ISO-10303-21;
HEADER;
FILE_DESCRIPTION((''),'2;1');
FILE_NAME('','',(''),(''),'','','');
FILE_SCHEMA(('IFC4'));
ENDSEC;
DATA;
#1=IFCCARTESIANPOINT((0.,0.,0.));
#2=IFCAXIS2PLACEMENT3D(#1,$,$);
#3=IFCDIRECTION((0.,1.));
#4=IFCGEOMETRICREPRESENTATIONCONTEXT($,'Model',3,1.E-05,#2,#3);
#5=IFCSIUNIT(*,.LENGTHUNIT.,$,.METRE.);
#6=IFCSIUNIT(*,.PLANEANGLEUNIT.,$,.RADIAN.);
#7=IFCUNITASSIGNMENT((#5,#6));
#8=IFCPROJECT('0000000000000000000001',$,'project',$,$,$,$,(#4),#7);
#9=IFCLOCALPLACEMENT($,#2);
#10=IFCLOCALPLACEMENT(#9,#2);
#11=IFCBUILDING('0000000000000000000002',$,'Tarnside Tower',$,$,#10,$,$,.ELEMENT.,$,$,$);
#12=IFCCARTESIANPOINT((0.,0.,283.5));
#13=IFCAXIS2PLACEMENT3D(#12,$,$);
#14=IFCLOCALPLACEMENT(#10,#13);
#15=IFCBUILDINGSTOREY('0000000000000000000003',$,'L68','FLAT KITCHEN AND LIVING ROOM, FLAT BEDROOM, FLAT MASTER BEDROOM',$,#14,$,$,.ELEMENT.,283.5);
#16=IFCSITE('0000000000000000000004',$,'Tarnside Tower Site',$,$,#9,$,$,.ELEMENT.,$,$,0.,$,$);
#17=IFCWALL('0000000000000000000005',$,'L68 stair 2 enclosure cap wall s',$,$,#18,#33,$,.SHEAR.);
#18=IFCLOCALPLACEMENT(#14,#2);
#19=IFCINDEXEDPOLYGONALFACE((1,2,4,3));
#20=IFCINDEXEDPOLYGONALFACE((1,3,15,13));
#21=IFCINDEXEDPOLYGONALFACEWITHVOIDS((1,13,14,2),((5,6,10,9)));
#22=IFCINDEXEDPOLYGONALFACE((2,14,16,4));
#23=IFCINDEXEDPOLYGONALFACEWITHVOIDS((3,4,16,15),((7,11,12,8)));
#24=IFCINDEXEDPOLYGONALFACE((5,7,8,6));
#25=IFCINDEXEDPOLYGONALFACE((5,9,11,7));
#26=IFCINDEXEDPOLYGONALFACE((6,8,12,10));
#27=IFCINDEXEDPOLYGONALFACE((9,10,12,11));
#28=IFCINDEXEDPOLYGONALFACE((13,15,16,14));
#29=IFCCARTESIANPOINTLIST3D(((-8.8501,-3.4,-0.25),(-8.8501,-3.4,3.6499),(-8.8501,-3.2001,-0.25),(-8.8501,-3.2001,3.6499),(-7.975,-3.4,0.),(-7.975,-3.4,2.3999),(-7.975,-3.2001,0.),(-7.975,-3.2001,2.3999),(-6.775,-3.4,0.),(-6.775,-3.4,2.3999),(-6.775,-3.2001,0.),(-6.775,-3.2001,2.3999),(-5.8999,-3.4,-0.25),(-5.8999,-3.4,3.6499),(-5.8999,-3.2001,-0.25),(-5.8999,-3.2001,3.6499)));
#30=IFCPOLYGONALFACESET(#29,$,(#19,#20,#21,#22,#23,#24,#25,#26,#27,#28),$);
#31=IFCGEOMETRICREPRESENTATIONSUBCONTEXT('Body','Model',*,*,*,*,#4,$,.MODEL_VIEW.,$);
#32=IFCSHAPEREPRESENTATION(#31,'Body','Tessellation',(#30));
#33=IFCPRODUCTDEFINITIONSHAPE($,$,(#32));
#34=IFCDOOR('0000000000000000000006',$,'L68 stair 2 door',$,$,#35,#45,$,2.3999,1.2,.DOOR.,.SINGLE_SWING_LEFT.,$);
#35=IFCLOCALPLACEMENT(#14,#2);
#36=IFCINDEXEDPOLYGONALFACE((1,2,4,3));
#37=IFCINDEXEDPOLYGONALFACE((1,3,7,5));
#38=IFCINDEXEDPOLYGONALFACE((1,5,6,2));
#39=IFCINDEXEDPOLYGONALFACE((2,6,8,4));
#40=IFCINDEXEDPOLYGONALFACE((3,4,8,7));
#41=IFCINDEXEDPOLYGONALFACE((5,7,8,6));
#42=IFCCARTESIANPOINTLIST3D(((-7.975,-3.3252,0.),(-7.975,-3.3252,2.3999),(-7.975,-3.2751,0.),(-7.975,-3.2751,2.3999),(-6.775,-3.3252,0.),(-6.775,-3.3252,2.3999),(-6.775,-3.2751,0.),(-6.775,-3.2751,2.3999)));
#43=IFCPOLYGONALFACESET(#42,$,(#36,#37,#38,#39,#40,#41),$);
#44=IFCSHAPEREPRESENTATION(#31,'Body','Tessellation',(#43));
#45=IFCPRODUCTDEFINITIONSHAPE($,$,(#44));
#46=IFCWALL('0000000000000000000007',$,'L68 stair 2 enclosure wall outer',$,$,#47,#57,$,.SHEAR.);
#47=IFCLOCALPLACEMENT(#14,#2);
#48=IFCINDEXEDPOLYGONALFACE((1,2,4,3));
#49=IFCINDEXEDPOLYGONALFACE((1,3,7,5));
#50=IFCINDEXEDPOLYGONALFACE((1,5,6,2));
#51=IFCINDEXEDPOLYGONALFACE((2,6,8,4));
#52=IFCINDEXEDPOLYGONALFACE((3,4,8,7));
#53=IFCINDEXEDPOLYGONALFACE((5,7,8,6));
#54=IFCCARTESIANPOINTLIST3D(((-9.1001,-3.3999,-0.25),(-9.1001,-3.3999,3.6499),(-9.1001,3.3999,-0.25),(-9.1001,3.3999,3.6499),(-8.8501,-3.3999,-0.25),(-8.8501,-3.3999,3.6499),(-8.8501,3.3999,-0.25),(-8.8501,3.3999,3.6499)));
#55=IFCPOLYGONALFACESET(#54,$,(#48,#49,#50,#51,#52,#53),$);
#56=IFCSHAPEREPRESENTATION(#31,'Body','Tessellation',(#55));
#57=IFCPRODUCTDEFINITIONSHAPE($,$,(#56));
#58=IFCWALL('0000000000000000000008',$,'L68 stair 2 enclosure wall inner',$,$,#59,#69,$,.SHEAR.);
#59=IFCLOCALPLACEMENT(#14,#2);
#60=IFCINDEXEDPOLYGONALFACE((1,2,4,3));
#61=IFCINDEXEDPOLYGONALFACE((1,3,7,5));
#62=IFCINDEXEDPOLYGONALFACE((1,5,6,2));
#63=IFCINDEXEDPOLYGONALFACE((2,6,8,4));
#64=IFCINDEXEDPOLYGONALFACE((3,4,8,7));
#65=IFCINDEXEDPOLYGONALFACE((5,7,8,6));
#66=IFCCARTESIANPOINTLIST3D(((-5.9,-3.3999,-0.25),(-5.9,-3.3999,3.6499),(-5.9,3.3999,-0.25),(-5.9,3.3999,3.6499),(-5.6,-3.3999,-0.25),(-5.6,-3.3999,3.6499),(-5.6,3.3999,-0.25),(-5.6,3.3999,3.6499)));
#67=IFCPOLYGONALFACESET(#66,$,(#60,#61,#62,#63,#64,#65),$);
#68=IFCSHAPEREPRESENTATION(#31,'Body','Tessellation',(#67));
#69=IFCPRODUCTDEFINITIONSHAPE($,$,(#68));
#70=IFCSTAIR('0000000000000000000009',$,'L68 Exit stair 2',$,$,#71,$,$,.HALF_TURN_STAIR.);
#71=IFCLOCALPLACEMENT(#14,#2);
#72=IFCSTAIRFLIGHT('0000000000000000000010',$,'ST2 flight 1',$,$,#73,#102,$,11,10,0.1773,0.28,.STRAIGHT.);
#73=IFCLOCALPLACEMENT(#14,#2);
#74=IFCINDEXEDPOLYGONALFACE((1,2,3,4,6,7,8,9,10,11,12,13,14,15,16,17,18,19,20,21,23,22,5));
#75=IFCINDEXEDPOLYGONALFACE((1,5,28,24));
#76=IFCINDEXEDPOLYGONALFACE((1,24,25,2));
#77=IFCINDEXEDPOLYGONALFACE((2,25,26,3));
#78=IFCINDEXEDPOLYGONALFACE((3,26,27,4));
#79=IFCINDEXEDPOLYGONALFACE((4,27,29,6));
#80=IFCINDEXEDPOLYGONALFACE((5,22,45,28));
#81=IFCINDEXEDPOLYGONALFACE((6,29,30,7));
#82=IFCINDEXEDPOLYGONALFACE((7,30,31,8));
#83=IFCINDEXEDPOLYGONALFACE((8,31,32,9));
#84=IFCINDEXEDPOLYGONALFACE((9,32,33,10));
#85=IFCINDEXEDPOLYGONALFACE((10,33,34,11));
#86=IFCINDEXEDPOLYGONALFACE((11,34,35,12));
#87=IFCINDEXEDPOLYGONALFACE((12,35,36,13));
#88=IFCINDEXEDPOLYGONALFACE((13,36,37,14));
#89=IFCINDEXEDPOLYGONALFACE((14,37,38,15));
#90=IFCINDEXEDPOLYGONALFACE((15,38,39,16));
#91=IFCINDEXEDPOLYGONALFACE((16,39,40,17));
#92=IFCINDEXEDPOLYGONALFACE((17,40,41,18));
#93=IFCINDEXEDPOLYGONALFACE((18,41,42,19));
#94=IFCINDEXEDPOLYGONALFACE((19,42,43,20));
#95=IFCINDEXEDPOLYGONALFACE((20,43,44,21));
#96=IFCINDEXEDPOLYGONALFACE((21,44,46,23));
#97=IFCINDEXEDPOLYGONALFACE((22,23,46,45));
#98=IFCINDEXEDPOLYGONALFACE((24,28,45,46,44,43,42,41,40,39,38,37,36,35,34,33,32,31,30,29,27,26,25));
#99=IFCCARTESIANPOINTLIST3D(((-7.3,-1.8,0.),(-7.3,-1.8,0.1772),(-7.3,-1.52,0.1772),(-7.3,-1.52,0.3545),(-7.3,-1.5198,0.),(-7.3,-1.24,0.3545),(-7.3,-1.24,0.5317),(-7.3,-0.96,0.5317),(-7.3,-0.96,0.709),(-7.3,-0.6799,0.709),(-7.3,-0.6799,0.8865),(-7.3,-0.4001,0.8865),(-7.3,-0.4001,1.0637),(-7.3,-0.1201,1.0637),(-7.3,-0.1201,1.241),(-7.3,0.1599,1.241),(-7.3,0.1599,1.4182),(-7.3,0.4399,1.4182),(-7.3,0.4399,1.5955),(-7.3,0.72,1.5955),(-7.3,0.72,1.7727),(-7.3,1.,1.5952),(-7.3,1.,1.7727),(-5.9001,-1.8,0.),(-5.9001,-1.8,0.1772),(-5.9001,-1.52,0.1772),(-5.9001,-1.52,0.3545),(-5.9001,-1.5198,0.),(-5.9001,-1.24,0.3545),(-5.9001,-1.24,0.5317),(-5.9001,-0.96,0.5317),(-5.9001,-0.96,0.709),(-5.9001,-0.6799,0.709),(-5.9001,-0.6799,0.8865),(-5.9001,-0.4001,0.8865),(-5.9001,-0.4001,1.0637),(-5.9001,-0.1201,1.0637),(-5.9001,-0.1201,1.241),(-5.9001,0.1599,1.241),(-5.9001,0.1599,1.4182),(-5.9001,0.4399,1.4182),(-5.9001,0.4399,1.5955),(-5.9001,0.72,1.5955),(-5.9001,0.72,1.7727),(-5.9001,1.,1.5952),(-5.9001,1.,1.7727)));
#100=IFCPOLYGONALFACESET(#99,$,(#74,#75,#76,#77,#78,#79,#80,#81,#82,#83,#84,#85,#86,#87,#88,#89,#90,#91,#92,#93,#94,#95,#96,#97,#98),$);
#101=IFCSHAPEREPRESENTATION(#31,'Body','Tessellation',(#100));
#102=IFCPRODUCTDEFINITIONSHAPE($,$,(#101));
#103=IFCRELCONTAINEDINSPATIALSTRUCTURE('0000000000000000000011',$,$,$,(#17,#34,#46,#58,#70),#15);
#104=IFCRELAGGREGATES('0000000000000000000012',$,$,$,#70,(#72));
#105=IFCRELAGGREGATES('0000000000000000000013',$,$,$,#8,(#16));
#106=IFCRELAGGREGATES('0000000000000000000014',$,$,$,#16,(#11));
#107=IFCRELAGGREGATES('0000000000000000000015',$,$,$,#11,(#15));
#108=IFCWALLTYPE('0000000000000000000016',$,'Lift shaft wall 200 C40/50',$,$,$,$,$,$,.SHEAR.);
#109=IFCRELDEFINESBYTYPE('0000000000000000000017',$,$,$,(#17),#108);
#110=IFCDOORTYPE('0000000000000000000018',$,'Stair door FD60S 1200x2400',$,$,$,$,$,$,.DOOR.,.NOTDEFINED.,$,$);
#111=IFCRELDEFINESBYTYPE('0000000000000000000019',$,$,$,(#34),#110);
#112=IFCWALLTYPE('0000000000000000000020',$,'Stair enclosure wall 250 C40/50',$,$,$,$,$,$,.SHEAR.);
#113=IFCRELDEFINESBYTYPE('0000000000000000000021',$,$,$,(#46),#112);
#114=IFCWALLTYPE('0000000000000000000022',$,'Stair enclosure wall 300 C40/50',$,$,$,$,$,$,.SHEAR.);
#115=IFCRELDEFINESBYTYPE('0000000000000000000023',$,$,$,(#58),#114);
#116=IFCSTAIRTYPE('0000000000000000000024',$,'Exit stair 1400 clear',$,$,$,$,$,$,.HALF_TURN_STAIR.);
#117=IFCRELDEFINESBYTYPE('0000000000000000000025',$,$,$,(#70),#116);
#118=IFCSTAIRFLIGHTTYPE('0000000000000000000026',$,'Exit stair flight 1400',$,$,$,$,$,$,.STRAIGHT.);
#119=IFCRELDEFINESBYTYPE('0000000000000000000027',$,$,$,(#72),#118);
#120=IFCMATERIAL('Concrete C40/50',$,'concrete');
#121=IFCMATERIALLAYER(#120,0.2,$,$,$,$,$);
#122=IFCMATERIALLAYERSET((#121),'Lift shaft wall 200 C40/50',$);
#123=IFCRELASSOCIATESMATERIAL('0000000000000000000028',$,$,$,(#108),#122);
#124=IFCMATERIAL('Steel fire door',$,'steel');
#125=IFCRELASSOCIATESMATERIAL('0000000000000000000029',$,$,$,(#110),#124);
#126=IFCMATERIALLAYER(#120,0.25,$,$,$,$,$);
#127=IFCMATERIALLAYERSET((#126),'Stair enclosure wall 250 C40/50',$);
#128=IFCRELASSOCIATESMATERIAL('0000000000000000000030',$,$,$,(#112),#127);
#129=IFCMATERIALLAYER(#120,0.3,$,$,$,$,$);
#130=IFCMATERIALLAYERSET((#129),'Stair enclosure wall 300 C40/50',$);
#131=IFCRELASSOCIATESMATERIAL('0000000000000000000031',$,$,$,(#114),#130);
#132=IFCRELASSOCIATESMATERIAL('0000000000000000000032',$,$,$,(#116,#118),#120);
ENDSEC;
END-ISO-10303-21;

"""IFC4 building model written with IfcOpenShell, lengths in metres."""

from ifc_helpers import new_model, si_unit, direction, frame, frame_2d, origin, place, context, subcontext, project, spatial, polyline, rectangle, outline, extrude, material, layer, layer_set, type_object, element, fill, aggregate, save


model = new_model("IFC4")

# Units and contexts
model_context = context("Model", 3, precision=1e-05, world=origin(), true_north=direction((0.0, 1.0)))
body_context = subcontext(model_context, "Body", "Model", "MODEL_VIEW")
ifc_project = project(units=[si_unit("LENGTHUNIT", "METRE"), si_unit("PLANEANGLEUNIT", "RADIAN")], contexts=[model_context])

# Site, building, storey
site_placement = place(None, origin())
site = spatial("IfcSite", under=ifc_project, at=site_placement, Name="Tarnside Tower Site", CompositionType="ELEMENT", RefElevation=0.0)
building_placement = place(site_placement, origin())
building = spatial("IfcBuilding", under=site, at=building_placement, Name="Tarnside Tower", CompositionType="ELEMENT")
storey_placement = place(building_placement, frame((0.0, 0.0, 283.5)))
storey = spatial("IfcBuildingStorey", under=building, at=storey_placement, Name="L68", Description="FLAT KITCHEN AND LIVING ROOM, FLAT BEDROOM, FLAT MASTER BEDROOM", CompositionType="ELEMENT", Elevation=283.5)

# Shared definitions
ifc_material_1 = material(Name="Concrete C40/50", Category="concrete")
ifc_material_2 = material(Name="Steel fire door", Category="steel")

# Shared definitions
ifc_layer_1 = layer(ifc_material_1, 0.2)
ifc_layer_set_1 = layer_set([ifc_layer_1], Name="Lift shaft wall 200 C40/50")
wall_type_1 = type_object("IfcWallType", Name="Lift shaft wall 200 C40/50", PredefinedType="SHEAR", material=ifc_layer_set_1)

# Wall, opening, door
wall_1_placement = place(storey_placement, frame((-8.8501, -3.3, -0.25), z_axis=(0.0, 0.0, 1.0), x_axis=(1.0, 0.0, 0.0)))
wall_1 = element("IfcWall", 1, at=wall_1_placement, inside=storey, type_object=wall_type_1, Name="L68 stair 2 enclosure cap wall s", PredefinedType="SHEAR", context=body_context, shape_type="SweptSolid", body=[
    extrude(rectangle(XDim=2.9502, YDim=0.2, at=frame_2d((1.4751, 0.0))), origin(), (0.0, 0.0, 1.0), 3.8999),
])
opening_1_placement = place(wall_1_placement, frame((0.875, 0.0, 0.25)))
opening_1 = element("IfcOpeningElement", 2, at=opening_1_placement, cuts=wall_1, PredefinedType="OPENING", context=body_context, shape_type="SweptSolid", body=[
    extrude(rectangle(XDim=1.2, YDim=2.3999, at=frame_2d((0.6001, 1.2))), frame((0.0, 0.1099, 0.0), z_axis=(0.0, -1.0, 0.0), x_axis=(1.0, 0.0, 0.0)), (0.0, 0.0, 1.0), 0.22),
])
door_type_1 = type_object("IfcDoorType", Name="Stair door FD60S 1200x2400", OperationType="NOTDEFINED", PredefinedType="DOOR", material=ifc_material_2)
door_1_placement = place(opening_1_placement, origin())
door_1 = element("IfcDoor", 3, at=door_1_placement, inside=storey, type_object=door_type_1, Name="L68 stair 2 door", OperationType="SINGLE_SWING_LEFT", OverallHeight=2.3999, OverallWidth=1.2, PredefinedType="DOOR", context=body_context, shape_type="SweptSolid", body=[
    extrude(rectangle(XDim=1.2, YDim=2.3999, at=frame_2d((0.6001, 1.2))), frame((0.0, 0.0249, 0.0), z_axis=(0.0, -1.0, 0.0), x_axis=(1.0, 0.0, 0.0)), (0.0, 0.0, 1.0), 0.05),
])
fill(opening_1, door_1)

# Walls
ifc_layer_2 = layer(ifc_material_1, 0.25)
ifc_layer_set_2 = layer_set([ifc_layer_2], Name="Stair enclosure wall 250 C40/50")
wall_type_2 = type_object("IfcWallType", Name="Stair enclosure wall 250 C40/50", PredefinedType="SHEAR", material=ifc_layer_set_2)
wall_2_placement = place(storey_placement, frame((-8.9751, -3.3999, -0.25), z_axis=(0.0, 0.0, 1.0), x_axis=(0.0, 1.0, 0.0)))
element("IfcWall", 4, at=wall_2_placement, inside=storey, type_object=wall_type_2, Name="L68 stair 2 enclosure wall outer", PredefinedType="SHEAR", context=body_context, shape_type="SweptSolid", body=[
    extrude(rectangle(XDim=6.7998, YDim=0.25, at=frame_2d((3.3999, 0.0))), origin(), (0.0, 0.0, 1.0), 3.8999),
])
ifc_layer_3 = layer(ifc_material_1, 0.3)
ifc_layer_set_3 = layer_set([ifc_layer_3], Name="Stair enclosure wall 300 C40/50")
wall_type_3 = type_object("IfcWallType", Name="Stair enclosure wall 300 C40/50", PredefinedType="SHEAR", material=ifc_layer_set_3)
wall_3_placement = place(storey_placement, frame((-5.75, -3.3999, -0.25), z_axis=(0.0, 0.0, 1.0), x_axis=(0.0, 1.0, 0.0)))
element("IfcWall", 5, at=wall_3_placement, inside=storey, type_object=wall_type_3, Name="L68 stair 2 enclosure wall inner", PredefinedType="SHEAR", context=body_context, shape_type="SweptSolid", body=[
    extrude(rectangle(XDim=6.7998, YDim=0.3, at=frame_2d((3.3999, 0.0))), origin(), (0.0, 0.0, 1.0), 3.8999),
])

# Stair, stair flight
stair_type = type_object("IfcStairType", Name="Exit stair 1400 clear", PredefinedType="HALF_TURN_STAIR", material=ifc_material_1)
stair_placement = place(storey_placement, origin())
stair = element("IfcStair", 6, at=stair_placement, inside=storey, type_object=stair_type, Name="L68 Exit stair 2", PredefinedType="HALF_TURN_STAIR")
stair_flight_type = type_object("IfcStairFlightType", Name="Exit stair flight 1400", PredefinedType="STRAIGHT", material=ifc_material_1)
stair_flight_placement = place(storey_placement, frame((-6.6001, -1.8, 0.0), z_axis=(0.0, 0.0, 1.0), x_axis=(0.0, 1.0, 0.0)))
stair_flight = element("IfcStairFlight", 7, at=stair_flight_placement, type_object=stair_flight_type, Name="ST2 flight 1", NumberOfRisers=11, NumberOfTreads=10, PredefinedType="STRAIGHT", RiserHeight=0.1773, TreadLength=0.28, context=body_context, shape_type="SweptSolid", body=[
    extrude(outline(polyline([(0.0, 0.0), (0.0, 0.1772), (0.28, 0.1772), (0.28, 0.3545), (0.5601, 0.3545), (0.5601, 0.5317), (0.8401, 0.5317), (0.8401, 0.709), (1.1201, 0.709), (1.1201, 0.8865), (1.3999, 0.8865), (1.3999, 1.0637), (1.6799, 1.0637), (1.6799, 1.241), (1.96, 1.241), (1.96, 1.4182), (2.24, 1.4182), (2.24, 1.5955), (2.52, 1.5955), (2.52, 1.7727), (2.8, 1.7727), (2.8, 1.95), (2.8, 1.5952), (0.2803, 0.0), (0.0, 0.0)])), frame((0.0, 0.7, 0.0), z_axis=(0.0, -1.0, 0.0), x_axis=(1.0, 0.0, 0.0)), (0.0, 0.0, 1.0), 1.3999),
])
aggregate(stair, [stair_flight])

save(model, "model.ifc")
